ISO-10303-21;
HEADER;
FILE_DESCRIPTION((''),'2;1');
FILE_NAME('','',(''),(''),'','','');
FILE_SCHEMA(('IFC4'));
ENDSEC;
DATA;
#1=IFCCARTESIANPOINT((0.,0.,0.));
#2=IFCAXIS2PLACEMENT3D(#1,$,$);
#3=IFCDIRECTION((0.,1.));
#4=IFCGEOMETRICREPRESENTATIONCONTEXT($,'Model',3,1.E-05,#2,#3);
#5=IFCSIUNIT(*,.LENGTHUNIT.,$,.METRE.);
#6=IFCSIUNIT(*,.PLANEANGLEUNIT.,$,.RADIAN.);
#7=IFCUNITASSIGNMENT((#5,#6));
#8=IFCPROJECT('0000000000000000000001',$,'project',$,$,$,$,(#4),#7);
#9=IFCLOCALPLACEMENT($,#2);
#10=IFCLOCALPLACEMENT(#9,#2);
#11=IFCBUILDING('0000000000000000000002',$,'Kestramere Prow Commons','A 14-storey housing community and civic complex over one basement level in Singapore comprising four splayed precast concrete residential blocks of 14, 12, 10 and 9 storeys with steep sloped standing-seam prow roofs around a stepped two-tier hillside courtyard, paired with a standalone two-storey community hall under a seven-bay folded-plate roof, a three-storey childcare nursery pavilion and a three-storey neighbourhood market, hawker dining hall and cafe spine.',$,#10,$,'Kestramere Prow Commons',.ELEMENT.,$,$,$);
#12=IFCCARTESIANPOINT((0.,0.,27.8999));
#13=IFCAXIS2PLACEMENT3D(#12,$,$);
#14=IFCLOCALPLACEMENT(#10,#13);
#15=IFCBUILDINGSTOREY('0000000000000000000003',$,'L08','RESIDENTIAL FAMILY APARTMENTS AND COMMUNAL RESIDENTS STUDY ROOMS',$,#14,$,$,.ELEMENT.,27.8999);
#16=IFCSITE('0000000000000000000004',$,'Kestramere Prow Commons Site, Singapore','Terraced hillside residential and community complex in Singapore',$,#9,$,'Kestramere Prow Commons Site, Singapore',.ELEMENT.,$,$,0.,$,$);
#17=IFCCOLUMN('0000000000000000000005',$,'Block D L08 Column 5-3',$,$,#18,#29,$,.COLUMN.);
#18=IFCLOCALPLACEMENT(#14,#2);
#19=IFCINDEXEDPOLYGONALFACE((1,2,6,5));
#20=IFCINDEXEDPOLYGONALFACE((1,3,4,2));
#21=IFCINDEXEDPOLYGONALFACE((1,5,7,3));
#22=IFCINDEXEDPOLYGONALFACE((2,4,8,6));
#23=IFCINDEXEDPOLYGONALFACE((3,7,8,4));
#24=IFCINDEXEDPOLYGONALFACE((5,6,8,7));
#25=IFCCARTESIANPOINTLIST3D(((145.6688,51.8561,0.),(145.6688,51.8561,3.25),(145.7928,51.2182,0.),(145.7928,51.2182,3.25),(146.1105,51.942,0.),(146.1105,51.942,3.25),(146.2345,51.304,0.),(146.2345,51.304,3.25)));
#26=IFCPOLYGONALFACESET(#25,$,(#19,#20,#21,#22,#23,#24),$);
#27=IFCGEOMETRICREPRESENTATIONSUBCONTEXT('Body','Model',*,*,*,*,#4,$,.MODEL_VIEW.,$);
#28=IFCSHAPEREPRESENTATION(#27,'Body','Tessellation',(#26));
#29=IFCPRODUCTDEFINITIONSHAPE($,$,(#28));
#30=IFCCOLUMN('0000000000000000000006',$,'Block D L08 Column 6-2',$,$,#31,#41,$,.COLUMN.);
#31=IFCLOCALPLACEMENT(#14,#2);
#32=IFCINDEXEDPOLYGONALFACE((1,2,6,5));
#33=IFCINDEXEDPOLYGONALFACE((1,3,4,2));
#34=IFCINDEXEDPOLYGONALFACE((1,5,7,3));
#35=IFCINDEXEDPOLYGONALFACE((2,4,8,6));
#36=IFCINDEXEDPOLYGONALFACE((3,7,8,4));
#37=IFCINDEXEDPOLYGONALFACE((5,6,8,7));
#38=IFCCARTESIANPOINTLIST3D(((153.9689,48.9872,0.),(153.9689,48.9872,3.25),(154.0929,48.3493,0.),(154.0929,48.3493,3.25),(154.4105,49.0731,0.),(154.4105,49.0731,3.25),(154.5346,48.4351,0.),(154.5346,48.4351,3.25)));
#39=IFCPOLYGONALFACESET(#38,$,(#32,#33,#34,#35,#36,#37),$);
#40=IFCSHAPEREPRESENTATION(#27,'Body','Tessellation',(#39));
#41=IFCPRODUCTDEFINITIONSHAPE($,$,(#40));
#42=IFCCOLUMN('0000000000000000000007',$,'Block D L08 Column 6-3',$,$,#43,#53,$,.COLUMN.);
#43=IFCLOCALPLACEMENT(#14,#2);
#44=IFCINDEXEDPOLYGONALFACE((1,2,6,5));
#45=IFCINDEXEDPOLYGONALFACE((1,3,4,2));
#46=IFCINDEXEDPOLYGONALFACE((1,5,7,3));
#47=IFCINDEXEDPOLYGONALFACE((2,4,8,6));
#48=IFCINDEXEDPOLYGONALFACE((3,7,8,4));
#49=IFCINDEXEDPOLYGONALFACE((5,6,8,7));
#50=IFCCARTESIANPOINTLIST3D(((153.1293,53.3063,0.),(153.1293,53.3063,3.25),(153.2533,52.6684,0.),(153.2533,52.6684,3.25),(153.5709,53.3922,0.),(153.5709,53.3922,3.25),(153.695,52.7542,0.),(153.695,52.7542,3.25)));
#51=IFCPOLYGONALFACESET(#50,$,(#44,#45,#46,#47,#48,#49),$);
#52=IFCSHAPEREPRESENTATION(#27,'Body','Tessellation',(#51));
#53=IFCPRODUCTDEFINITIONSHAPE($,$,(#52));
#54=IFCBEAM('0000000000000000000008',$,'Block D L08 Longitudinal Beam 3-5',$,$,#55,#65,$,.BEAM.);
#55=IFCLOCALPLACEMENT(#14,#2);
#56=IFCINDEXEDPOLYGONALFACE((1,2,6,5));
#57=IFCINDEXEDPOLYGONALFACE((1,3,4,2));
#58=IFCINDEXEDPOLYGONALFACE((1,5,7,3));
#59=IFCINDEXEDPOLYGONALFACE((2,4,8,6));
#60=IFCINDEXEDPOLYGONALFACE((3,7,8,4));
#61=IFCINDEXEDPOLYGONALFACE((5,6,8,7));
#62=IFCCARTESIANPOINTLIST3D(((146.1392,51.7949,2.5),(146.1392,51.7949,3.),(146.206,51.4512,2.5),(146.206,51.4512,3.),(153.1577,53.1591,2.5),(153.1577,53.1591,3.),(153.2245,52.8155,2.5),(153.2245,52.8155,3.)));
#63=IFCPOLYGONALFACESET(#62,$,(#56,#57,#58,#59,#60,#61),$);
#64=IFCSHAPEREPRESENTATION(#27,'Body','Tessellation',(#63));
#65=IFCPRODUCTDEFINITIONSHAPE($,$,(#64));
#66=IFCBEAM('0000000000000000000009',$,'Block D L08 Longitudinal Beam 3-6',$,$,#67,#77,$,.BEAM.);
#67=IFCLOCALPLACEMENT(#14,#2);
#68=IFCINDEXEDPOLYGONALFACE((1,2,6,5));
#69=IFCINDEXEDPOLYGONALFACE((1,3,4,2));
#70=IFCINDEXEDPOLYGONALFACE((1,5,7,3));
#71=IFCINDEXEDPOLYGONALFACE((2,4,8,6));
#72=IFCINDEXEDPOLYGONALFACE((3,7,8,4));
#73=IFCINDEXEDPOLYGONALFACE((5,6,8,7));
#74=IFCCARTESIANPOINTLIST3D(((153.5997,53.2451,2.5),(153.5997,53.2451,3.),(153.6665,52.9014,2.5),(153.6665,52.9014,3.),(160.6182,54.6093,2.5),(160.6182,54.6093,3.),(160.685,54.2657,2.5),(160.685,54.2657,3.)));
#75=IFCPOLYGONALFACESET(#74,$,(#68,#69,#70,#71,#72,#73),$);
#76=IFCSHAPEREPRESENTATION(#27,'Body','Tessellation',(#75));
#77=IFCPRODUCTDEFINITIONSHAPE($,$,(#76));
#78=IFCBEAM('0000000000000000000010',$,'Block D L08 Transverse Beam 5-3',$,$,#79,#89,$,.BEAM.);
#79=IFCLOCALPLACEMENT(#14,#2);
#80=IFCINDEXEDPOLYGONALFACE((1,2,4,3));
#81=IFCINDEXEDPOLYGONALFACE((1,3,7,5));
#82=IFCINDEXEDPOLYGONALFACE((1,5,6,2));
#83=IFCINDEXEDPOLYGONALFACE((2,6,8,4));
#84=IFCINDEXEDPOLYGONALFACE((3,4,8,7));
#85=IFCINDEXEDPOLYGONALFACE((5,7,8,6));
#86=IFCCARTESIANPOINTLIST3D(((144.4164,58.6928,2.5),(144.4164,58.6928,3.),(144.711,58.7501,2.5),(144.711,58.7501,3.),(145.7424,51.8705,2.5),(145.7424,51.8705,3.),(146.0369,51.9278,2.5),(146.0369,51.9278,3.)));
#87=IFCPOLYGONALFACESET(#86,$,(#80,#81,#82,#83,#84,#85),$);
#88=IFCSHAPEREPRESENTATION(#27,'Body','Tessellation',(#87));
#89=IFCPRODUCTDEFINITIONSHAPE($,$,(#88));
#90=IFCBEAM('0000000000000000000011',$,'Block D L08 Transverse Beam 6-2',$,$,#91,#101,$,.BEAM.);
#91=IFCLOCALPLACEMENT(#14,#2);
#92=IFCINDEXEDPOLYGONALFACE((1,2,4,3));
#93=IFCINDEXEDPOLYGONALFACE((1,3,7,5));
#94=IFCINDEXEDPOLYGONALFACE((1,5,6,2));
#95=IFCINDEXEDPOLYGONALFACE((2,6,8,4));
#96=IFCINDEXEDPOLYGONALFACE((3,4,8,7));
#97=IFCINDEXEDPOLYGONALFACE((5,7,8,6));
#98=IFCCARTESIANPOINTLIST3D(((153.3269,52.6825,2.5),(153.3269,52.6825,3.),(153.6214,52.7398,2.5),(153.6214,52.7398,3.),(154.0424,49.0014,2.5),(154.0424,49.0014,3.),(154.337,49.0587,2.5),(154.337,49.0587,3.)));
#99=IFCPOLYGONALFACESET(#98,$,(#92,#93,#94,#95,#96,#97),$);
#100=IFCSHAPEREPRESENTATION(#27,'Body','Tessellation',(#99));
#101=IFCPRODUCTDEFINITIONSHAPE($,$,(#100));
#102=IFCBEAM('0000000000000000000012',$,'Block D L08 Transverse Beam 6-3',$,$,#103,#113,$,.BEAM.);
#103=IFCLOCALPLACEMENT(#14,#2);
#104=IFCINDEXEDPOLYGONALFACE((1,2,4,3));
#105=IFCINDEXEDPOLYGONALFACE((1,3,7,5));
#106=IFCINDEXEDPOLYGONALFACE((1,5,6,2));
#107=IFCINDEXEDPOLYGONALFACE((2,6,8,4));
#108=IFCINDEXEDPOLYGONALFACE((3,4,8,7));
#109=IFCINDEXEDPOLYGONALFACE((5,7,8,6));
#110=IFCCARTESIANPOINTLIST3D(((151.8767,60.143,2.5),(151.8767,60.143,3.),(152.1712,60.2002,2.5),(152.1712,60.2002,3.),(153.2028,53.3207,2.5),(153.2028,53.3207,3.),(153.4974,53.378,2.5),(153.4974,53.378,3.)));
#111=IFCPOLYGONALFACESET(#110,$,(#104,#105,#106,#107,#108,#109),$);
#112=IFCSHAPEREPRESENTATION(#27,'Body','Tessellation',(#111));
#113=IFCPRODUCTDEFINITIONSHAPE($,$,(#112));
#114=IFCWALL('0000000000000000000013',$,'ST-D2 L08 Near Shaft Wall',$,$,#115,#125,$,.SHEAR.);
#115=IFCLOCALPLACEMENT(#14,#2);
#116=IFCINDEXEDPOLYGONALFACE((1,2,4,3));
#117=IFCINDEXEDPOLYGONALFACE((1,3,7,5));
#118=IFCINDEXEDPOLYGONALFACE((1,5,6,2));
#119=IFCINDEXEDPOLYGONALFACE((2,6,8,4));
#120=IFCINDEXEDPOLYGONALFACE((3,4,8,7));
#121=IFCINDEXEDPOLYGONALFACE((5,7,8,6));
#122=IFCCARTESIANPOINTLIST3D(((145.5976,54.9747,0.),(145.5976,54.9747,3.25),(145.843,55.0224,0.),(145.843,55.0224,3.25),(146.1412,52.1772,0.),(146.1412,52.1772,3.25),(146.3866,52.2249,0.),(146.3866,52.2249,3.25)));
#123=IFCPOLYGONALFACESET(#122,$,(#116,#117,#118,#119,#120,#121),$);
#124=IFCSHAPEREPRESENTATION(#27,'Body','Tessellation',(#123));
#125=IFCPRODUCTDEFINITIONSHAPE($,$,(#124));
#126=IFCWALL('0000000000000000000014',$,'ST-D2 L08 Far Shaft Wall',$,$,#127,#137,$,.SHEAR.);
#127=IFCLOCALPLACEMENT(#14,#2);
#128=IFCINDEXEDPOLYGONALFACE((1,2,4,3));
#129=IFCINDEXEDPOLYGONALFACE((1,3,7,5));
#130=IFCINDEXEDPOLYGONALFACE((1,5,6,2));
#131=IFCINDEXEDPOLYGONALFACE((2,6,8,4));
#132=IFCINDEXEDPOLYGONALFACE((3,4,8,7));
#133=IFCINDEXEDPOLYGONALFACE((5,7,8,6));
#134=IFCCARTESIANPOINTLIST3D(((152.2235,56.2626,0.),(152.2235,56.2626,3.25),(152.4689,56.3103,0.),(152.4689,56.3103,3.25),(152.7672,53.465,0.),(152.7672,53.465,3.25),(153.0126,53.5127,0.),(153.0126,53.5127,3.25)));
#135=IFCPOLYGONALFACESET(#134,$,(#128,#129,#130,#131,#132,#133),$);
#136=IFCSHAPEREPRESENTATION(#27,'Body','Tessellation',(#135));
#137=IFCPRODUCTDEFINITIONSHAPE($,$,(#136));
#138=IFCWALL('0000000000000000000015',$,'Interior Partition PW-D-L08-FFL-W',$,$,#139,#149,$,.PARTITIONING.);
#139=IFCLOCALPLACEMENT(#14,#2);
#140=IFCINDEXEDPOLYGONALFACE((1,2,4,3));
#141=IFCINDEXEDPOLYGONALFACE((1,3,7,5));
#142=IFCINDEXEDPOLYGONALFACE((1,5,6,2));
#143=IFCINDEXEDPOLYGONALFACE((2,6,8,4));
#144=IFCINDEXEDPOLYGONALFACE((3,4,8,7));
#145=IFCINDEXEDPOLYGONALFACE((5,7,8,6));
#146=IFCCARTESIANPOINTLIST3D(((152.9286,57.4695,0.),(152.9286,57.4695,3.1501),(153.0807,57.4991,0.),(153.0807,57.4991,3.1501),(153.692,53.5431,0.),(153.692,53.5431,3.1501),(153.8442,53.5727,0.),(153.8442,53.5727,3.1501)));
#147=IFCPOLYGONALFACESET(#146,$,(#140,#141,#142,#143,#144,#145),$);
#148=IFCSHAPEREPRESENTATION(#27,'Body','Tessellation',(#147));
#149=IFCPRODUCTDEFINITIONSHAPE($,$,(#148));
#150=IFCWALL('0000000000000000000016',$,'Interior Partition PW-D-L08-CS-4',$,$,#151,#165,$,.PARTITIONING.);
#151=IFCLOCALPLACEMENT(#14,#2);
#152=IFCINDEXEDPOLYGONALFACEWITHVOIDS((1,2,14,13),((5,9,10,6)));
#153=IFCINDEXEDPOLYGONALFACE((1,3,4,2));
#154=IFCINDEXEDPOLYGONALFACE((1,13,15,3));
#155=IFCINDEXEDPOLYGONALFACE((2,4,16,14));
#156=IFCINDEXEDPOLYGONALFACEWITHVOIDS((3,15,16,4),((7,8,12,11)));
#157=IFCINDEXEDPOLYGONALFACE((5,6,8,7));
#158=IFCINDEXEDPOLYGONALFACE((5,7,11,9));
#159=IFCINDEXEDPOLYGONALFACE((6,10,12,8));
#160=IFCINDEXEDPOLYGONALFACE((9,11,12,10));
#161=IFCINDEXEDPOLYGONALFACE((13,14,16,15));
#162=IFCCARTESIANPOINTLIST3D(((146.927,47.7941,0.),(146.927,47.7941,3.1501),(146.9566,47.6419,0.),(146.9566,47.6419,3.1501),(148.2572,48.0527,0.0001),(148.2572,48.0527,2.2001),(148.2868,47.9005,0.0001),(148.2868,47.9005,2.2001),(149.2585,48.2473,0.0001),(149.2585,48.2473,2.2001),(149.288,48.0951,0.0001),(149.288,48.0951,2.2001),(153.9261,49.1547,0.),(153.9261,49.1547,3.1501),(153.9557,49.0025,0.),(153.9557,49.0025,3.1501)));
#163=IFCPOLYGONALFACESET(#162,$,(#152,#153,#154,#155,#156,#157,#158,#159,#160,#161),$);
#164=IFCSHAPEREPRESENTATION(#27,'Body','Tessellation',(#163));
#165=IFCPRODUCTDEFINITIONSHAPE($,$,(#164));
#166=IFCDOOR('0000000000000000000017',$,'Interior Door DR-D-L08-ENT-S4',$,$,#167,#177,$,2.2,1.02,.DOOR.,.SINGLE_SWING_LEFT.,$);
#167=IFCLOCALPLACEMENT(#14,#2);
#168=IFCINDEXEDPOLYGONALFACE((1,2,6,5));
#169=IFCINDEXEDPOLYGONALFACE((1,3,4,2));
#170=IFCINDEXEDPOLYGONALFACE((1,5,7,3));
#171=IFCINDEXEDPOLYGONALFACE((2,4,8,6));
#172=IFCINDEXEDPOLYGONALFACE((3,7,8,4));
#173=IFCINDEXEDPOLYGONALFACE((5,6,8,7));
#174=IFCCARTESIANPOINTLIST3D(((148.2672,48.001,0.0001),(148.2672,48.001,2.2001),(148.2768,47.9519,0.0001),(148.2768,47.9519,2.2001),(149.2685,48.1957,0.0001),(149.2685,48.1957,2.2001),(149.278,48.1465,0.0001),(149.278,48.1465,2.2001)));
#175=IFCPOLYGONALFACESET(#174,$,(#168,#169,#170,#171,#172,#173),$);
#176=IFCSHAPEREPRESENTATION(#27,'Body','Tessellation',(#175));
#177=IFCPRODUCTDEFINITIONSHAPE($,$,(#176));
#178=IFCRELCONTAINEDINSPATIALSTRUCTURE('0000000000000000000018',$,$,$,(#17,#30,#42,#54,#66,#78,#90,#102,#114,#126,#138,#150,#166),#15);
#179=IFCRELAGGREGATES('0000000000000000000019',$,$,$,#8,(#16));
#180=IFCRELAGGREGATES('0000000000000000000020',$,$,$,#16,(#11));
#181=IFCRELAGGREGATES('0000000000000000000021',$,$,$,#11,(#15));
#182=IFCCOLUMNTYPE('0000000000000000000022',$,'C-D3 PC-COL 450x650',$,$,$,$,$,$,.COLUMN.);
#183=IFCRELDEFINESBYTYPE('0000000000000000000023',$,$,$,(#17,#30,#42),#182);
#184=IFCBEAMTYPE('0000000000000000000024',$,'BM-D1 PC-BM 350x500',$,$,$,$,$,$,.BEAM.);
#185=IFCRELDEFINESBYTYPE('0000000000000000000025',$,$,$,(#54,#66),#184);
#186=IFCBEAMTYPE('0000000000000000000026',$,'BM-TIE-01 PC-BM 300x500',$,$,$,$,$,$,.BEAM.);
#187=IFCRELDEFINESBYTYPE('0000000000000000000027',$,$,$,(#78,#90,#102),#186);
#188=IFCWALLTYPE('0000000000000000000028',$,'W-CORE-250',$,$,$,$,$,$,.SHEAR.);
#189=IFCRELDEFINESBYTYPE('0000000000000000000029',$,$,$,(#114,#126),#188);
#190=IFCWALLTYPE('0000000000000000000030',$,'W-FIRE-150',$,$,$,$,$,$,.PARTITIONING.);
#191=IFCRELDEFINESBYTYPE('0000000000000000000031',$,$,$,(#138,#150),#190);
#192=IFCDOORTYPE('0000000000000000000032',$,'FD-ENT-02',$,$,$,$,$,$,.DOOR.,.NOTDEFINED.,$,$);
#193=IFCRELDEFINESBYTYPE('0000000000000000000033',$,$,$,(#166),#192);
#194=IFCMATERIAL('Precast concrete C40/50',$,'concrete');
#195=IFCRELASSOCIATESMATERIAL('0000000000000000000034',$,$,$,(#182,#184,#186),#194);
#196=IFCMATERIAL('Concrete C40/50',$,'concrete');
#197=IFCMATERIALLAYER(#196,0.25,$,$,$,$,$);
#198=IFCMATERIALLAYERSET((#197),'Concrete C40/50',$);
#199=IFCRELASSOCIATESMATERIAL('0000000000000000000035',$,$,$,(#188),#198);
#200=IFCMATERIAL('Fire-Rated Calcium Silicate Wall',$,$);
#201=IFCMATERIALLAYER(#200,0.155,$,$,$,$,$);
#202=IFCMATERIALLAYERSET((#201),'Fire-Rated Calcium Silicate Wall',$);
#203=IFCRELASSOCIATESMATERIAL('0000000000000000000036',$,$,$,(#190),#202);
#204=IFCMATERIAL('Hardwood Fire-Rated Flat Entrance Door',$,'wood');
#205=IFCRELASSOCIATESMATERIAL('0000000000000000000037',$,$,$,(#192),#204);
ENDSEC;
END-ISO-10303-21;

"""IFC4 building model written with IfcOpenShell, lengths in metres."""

from ifc_helpers import new_model, si_unit, direction, frame, frame_2d, origin, origin_2d, place, context, subcontext, project, spatial, rectangle, extrude, material, layer, layer_set, material_profile, profile_set, type_object, element, fill, save


model = new_model("IFC4")

# Units and contexts
model_context = context("Model", 3, precision=1e-05, world=origin(), true_north=direction((0.0, 1.0)))
body_context = subcontext(model_context, "Body", "Model", "MODEL_VIEW")
ifc_project = project(units=[si_unit("LENGTHUNIT", "METRE"), si_unit("PLANEANGLEUNIT", "RADIAN")], contexts=[model_context])

# Site, building, storey
site_placement = place(None, origin())
site = spatial("IfcSite", under=ifc_project, at=site_placement, Name="Kestramere Prow Commons Site, Singapore", Description="Terraced hillside residential and community complex in Singapore", LongName="Kestramere Prow Commons Site, Singapore", CompositionType="ELEMENT", RefElevation=0.0)
building_placement = place(site_placement, origin())
building = spatial("IfcBuilding", under=site, at=building_placement, Name="Kestramere Prow Commons", Description="A 14-storey housing community and civic complex over one basement level in Singapore comprising four splayed precast concrete residential blocks of 14, 12, 10 and 9 storeys with steep sloped standing-seam prow roofs around a stepped two-tier hillside courtyard, paired with a standalone two-storey community hall under a seven-bay folded-plate roof, a three-storey childcare nursery pavilion and a three-storey neighbourhood market, hawker dining hall and cafe spine.", LongName="Kestramere Prow Commons", CompositionType="ELEMENT")
storey_placement = place(building_placement, frame((0.0, 0.0, 27.8999)))
storey = spatial("IfcBuildingStorey", under=building, at=storey_placement, Name="L08", Description="RESIDENTIAL FAMILY APARTMENTS AND COMMUNAL RESIDENTS STUDY ROOMS", CompositionType="ELEMENT", Elevation=27.8999)

# Columns
ifc_material_1 = material(Name="Precast concrete C40/50", Category="concrete")
ifc_material_profile_1 = material_profile(ifc_material_1, rectangle(XDim=0.45, YDim=0.6499, at=origin_2d()), Name="PC-COL 450x650")
ifc_profile_set_1 = profile_set([ifc_material_profile_1], Name="Precast concrete C40/50")
column_type = type_object("IfcColumnType", Name="C-D3 PC-COL 450x650", PredefinedType="COLUMN", material=ifc_profile_set_1)
for number, where, z_axis, x_axis, name in (
    (1, (145.9517, 51.5801, 0.0), (0.0, 0.0, 1.0), (0.981627, 0.190809, 0.0), "Block D L08 Column 5-3"),
    (2, (154.2517, 48.7112, 0.0), (0.0, 0.0, 1.0), (0.981627, 0.190809, 0.0), "Block D L08 Column 6-2"),
    (3, (153.4121, 53.0303, 0.0), (0.0, 0.0, 1.0), (0.981627, 0.190809, 0.0), "Block D L08 Column 6-3"),
):
    element("IfcColumn", number, at=place(storey_placement, frame(where, z_axis=z_axis, x_axis=x_axis)), inside=storey, type_object=column_type, Name=name, PredefinedType="COLUMN", context=body_context, shape_type="SweptSolid", body=[
        extrude(rectangle(XDim=0.45, YDim=0.6499, at=origin_2d()), origin(), (0.0, 0.0, 1.0), 3.25),
    ])

# Beams
ifc_material_profile_2 = material_profile(ifc_material_1, rectangle(XDim=0.3501, YDim=0.5, at=origin_2d()), Name="PC-BM 350x500")
ifc_profile_set_2 = profile_set([ifc_material_profile_2], Name="Precast concrete C40/50")
beam_type_1 = type_object("IfcBeamType", Name="BM-D1 PC-BM 350x500", PredefinedType="BEAM", material=ifc_profile_set_2)
for number, where, z_axis, x_axis, name in (
    (4, (146.1726, 51.623, 2.75), (0.981627, 0.190808, 0.0), (-0.190808, 0.981627, 0.0), "Block D L08 Longitudinal Beam 3-5"),
    (5, (153.6331, 53.0732, 2.75), (0.981627, 0.190808, 0.0), (-0.190808, 0.981627, 0.0), "Block D L08 Longitudinal Beam 3-6"),
):
    element("IfcBeam", number, at=place(storey_placement, frame(where, z_axis=z_axis, x_axis=x_axis)), inside=storey, type_object=beam_type_1, Name=name, PredefinedType="BEAM", context=body_context, shape_type="SweptSolid", body=[
        extrude(rectangle(XDim=0.3501, YDim=0.5, at=origin_2d()), origin(), (0.0, 0.0, 1.0), 7.1499),
    ])
ifc_material_profile_3 = material_profile(ifc_material_1, rectangle(XDim=0.3, YDim=0.5, at=origin_2d()), Name="PC-BM 300x500")
ifc_profile_set_3 = profile_set([ifc_material_profile_3], Name="Precast concrete C40/50")
beam_type_2 = type_object("IfcBeamType", Name="BM-TIE-01 PC-BM 300x500", PredefinedType="BEAM", material=ifc_profile_set_3)
beam_1_placement = place(storey_placement, frame((145.8896, 51.8992, 2.75), z_axis=(-0.190783, 0.981632, 0.0), x_axis=(-0.981632, -0.190783, 0.0)))
element("IfcBeam", 6, at=beam_1_placement, inside=storey, type_object=beam_type_2, Name="Block D L08 Transverse Beam 5-3", PredefinedType="BEAM", context=body_context, shape_type="SweptSolid", body=[
    extrude(rectangle(XDim=0.3, YDim=0.5, at=origin_2d()), origin(), (0.0, 0.0, 1.0), 6.95),
])
beam_2_placement = place(storey_placement, frame((154.1897, 49.03, 2.75), z_axis=(-0.190817, 0.981626, 0.0), x_axis=(-0.981626, -0.190817, 0.0)))
element("IfcBeam", 7, at=beam_2_placement, inside=storey, type_object=beam_type_2, Name="Block D L08 Transverse Beam 6-2", PredefinedType="BEAM", context=body_context, shape_type="SweptSolid", body=[
    extrude(rectangle(XDim=0.3, YDim=0.5, at=origin_2d()), origin(), (0.0, 0.0, 1.0), 3.75),
])
beam_3_placement = place(storey_placement, frame((153.3501, 53.3494, 2.75), z_axis=(-0.190817, 0.981626, 0.0), x_axis=(-0.981626, -0.190817, 0.0)))
element("IfcBeam", 8, at=beam_3_placement, inside=storey, type_object=beam_type_2, Name="Block D L08 Transverse Beam 6-3", PredefinedType="BEAM", context=body_context, shape_type="SweptSolid", body=[
    extrude(rectangle(XDim=0.3, YDim=0.5, at=origin_2d()), origin(), (0.0, 0.0, 1.0), 6.95),
])

# Shared definitions
ifc_material_2 = material(Name="Concrete C40/50", Category="concrete")
ifc_layer_1 = layer(ifc_material_2, 0.25)
ifc_layer_set_1 = layer_set([ifc_layer_1], Name="Concrete C40/50")
wall_type_1 = type_object("IfcWallType", Name="W-CORE-250", PredefinedType="SHEAR", material=ifc_layer_set_1)

# Walls
for number, where, z_axis, x_axis, name in (
    (9, (146.2639, 52.2012, 0.0), (0.0, 0.0, 1.0), (-0.190776, 0.981634, 0.0), "ST-D2 L08 Near Shaft Wall"),
    (10, (152.8899, 53.489, 0.0), (0.0, 0.0, 1.0), (-0.190776, 0.981634, 0.0), "ST-D2 L08 Far Shaft Wall"),
):
    element("IfcWall", number, at=place(storey_placement, frame(where, z_axis=z_axis, x_axis=x_axis)), inside=storey, type_object=wall_type_1, Name=name, PredefinedType="SHEAR", context=body_context, shape_type="SweptSolid", body=[
        extrude(rectangle(XDim=2.8499, YDim=0.25, at=frame_2d((1.4248, 0.0))), origin(), (0.0, 0.0, 1.0), 3.25),
    ])

# Shared definitions
ifc_material_3 = material(Name="Fire-Rated Calcium Silicate Wall")
ifc_layer_2 = layer(ifc_material_3, 0.155)
ifc_layer_set_2 = layer_set([ifc_layer_2], Name="Fire-Rated Calcium Silicate Wall")
wall_type_2 = type_object("IfcWallType", Name="W-FIRE-150", PredefinedType="PARTITIONING", material=ifc_layer_set_2)

# Wall
wall_1_placement = place(storey_placement, frame((153.7681, 53.5579, 0.0), z_axis=(0.0, 0.0, 1.0), x_axis=(-0.190855, 0.981618, 0.0)))
element("IfcWall", 11, at=wall_1_placement, inside=storey, type_object=wall_type_2, Name="Interior Partition PW-D-L08-FFL-W", PredefinedType="PARTITIONING", context=body_context, shape_type="SweptSolid", body=[
    extrude(rectangle(XDim=4.0, YDim=0.155, at=frame_2d((2.0, 0.0))), origin(), (0.0, 0.0, 1.0), 3.1501),
])

# Wall, opening, door
wall_2_placement = place(storey_placement, frame((146.9419, 47.718, 0.0), z_axis=(0.0, 0.0, 1.0), x_axis=(0.981624, 0.190826, 0.0)))
wall_2 = element("IfcWall", 12, at=wall_2_placement, inside=storey, type_object=wall_type_2, Name="Interior Partition PW-D-L08-CS-4", PredefinedType="PARTITIONING", context=body_context, shape_type="SweptSolid", body=[
    extrude(rectangle(XDim=7.1301, YDim=0.155, at=frame_2d((3.5649, 0.0))), origin(), (0.0, 0.0, 1.0), 3.1501),
])
opening_1_placement = place(wall_2_placement, frame((1.355, 0.0, 0.0)))
opening_1 = element("IfcOpeningElement", 13, at=opening_1_placement, cuts=wall_2, PredefinedType="OPENING", context=body_context, shape_type="SweptSolid", body=[
    extrude(rectangle(XDim=1.02, YDim=2.2, at=frame_2d((0.51, 1.1001))), frame((0.0, 0.0925, 0.0), z_axis=(0.0, -1.0, 0.0), x_axis=(1.0, 0.0, 0.0)), (0.0, 0.0, 1.0), 0.1851),
])
ifc_material_4 = material(Name="Hardwood Fire-Rated Flat Entrance Door", Category="wood")
door_type_1 = type_object("IfcDoorType", Name="FD-ENT-02", OperationType="NOTDEFINED", PredefinedType="DOOR", material=ifc_material_4)
door_1_placement = place(opening_1_placement, origin())
door_1 = element("IfcDoor", 14, at=door_1_placement, inside=storey, type_object=door_type_1, Name="Interior Door DR-D-L08-ENT-S4", OperationType="SINGLE_SWING_LEFT", OverallHeight=2.2, OverallWidth=1.02, PredefinedType="DOOR", context=body_context, shape_type="SweptSolid", body=[
    extrude(rectangle(XDim=1.02, YDim=2.2, at=frame_2d((0.51, 1.1001))), frame((0.0, 0.0249, 0.0), z_axis=(0.0, -1.0, 0.0), x_axis=(1.0, 0.0, 0.0)), (0.0, 0.0, 1.0), 0.05),
])
fill(opening_1, door_1)

save(model, "model.ifc")
